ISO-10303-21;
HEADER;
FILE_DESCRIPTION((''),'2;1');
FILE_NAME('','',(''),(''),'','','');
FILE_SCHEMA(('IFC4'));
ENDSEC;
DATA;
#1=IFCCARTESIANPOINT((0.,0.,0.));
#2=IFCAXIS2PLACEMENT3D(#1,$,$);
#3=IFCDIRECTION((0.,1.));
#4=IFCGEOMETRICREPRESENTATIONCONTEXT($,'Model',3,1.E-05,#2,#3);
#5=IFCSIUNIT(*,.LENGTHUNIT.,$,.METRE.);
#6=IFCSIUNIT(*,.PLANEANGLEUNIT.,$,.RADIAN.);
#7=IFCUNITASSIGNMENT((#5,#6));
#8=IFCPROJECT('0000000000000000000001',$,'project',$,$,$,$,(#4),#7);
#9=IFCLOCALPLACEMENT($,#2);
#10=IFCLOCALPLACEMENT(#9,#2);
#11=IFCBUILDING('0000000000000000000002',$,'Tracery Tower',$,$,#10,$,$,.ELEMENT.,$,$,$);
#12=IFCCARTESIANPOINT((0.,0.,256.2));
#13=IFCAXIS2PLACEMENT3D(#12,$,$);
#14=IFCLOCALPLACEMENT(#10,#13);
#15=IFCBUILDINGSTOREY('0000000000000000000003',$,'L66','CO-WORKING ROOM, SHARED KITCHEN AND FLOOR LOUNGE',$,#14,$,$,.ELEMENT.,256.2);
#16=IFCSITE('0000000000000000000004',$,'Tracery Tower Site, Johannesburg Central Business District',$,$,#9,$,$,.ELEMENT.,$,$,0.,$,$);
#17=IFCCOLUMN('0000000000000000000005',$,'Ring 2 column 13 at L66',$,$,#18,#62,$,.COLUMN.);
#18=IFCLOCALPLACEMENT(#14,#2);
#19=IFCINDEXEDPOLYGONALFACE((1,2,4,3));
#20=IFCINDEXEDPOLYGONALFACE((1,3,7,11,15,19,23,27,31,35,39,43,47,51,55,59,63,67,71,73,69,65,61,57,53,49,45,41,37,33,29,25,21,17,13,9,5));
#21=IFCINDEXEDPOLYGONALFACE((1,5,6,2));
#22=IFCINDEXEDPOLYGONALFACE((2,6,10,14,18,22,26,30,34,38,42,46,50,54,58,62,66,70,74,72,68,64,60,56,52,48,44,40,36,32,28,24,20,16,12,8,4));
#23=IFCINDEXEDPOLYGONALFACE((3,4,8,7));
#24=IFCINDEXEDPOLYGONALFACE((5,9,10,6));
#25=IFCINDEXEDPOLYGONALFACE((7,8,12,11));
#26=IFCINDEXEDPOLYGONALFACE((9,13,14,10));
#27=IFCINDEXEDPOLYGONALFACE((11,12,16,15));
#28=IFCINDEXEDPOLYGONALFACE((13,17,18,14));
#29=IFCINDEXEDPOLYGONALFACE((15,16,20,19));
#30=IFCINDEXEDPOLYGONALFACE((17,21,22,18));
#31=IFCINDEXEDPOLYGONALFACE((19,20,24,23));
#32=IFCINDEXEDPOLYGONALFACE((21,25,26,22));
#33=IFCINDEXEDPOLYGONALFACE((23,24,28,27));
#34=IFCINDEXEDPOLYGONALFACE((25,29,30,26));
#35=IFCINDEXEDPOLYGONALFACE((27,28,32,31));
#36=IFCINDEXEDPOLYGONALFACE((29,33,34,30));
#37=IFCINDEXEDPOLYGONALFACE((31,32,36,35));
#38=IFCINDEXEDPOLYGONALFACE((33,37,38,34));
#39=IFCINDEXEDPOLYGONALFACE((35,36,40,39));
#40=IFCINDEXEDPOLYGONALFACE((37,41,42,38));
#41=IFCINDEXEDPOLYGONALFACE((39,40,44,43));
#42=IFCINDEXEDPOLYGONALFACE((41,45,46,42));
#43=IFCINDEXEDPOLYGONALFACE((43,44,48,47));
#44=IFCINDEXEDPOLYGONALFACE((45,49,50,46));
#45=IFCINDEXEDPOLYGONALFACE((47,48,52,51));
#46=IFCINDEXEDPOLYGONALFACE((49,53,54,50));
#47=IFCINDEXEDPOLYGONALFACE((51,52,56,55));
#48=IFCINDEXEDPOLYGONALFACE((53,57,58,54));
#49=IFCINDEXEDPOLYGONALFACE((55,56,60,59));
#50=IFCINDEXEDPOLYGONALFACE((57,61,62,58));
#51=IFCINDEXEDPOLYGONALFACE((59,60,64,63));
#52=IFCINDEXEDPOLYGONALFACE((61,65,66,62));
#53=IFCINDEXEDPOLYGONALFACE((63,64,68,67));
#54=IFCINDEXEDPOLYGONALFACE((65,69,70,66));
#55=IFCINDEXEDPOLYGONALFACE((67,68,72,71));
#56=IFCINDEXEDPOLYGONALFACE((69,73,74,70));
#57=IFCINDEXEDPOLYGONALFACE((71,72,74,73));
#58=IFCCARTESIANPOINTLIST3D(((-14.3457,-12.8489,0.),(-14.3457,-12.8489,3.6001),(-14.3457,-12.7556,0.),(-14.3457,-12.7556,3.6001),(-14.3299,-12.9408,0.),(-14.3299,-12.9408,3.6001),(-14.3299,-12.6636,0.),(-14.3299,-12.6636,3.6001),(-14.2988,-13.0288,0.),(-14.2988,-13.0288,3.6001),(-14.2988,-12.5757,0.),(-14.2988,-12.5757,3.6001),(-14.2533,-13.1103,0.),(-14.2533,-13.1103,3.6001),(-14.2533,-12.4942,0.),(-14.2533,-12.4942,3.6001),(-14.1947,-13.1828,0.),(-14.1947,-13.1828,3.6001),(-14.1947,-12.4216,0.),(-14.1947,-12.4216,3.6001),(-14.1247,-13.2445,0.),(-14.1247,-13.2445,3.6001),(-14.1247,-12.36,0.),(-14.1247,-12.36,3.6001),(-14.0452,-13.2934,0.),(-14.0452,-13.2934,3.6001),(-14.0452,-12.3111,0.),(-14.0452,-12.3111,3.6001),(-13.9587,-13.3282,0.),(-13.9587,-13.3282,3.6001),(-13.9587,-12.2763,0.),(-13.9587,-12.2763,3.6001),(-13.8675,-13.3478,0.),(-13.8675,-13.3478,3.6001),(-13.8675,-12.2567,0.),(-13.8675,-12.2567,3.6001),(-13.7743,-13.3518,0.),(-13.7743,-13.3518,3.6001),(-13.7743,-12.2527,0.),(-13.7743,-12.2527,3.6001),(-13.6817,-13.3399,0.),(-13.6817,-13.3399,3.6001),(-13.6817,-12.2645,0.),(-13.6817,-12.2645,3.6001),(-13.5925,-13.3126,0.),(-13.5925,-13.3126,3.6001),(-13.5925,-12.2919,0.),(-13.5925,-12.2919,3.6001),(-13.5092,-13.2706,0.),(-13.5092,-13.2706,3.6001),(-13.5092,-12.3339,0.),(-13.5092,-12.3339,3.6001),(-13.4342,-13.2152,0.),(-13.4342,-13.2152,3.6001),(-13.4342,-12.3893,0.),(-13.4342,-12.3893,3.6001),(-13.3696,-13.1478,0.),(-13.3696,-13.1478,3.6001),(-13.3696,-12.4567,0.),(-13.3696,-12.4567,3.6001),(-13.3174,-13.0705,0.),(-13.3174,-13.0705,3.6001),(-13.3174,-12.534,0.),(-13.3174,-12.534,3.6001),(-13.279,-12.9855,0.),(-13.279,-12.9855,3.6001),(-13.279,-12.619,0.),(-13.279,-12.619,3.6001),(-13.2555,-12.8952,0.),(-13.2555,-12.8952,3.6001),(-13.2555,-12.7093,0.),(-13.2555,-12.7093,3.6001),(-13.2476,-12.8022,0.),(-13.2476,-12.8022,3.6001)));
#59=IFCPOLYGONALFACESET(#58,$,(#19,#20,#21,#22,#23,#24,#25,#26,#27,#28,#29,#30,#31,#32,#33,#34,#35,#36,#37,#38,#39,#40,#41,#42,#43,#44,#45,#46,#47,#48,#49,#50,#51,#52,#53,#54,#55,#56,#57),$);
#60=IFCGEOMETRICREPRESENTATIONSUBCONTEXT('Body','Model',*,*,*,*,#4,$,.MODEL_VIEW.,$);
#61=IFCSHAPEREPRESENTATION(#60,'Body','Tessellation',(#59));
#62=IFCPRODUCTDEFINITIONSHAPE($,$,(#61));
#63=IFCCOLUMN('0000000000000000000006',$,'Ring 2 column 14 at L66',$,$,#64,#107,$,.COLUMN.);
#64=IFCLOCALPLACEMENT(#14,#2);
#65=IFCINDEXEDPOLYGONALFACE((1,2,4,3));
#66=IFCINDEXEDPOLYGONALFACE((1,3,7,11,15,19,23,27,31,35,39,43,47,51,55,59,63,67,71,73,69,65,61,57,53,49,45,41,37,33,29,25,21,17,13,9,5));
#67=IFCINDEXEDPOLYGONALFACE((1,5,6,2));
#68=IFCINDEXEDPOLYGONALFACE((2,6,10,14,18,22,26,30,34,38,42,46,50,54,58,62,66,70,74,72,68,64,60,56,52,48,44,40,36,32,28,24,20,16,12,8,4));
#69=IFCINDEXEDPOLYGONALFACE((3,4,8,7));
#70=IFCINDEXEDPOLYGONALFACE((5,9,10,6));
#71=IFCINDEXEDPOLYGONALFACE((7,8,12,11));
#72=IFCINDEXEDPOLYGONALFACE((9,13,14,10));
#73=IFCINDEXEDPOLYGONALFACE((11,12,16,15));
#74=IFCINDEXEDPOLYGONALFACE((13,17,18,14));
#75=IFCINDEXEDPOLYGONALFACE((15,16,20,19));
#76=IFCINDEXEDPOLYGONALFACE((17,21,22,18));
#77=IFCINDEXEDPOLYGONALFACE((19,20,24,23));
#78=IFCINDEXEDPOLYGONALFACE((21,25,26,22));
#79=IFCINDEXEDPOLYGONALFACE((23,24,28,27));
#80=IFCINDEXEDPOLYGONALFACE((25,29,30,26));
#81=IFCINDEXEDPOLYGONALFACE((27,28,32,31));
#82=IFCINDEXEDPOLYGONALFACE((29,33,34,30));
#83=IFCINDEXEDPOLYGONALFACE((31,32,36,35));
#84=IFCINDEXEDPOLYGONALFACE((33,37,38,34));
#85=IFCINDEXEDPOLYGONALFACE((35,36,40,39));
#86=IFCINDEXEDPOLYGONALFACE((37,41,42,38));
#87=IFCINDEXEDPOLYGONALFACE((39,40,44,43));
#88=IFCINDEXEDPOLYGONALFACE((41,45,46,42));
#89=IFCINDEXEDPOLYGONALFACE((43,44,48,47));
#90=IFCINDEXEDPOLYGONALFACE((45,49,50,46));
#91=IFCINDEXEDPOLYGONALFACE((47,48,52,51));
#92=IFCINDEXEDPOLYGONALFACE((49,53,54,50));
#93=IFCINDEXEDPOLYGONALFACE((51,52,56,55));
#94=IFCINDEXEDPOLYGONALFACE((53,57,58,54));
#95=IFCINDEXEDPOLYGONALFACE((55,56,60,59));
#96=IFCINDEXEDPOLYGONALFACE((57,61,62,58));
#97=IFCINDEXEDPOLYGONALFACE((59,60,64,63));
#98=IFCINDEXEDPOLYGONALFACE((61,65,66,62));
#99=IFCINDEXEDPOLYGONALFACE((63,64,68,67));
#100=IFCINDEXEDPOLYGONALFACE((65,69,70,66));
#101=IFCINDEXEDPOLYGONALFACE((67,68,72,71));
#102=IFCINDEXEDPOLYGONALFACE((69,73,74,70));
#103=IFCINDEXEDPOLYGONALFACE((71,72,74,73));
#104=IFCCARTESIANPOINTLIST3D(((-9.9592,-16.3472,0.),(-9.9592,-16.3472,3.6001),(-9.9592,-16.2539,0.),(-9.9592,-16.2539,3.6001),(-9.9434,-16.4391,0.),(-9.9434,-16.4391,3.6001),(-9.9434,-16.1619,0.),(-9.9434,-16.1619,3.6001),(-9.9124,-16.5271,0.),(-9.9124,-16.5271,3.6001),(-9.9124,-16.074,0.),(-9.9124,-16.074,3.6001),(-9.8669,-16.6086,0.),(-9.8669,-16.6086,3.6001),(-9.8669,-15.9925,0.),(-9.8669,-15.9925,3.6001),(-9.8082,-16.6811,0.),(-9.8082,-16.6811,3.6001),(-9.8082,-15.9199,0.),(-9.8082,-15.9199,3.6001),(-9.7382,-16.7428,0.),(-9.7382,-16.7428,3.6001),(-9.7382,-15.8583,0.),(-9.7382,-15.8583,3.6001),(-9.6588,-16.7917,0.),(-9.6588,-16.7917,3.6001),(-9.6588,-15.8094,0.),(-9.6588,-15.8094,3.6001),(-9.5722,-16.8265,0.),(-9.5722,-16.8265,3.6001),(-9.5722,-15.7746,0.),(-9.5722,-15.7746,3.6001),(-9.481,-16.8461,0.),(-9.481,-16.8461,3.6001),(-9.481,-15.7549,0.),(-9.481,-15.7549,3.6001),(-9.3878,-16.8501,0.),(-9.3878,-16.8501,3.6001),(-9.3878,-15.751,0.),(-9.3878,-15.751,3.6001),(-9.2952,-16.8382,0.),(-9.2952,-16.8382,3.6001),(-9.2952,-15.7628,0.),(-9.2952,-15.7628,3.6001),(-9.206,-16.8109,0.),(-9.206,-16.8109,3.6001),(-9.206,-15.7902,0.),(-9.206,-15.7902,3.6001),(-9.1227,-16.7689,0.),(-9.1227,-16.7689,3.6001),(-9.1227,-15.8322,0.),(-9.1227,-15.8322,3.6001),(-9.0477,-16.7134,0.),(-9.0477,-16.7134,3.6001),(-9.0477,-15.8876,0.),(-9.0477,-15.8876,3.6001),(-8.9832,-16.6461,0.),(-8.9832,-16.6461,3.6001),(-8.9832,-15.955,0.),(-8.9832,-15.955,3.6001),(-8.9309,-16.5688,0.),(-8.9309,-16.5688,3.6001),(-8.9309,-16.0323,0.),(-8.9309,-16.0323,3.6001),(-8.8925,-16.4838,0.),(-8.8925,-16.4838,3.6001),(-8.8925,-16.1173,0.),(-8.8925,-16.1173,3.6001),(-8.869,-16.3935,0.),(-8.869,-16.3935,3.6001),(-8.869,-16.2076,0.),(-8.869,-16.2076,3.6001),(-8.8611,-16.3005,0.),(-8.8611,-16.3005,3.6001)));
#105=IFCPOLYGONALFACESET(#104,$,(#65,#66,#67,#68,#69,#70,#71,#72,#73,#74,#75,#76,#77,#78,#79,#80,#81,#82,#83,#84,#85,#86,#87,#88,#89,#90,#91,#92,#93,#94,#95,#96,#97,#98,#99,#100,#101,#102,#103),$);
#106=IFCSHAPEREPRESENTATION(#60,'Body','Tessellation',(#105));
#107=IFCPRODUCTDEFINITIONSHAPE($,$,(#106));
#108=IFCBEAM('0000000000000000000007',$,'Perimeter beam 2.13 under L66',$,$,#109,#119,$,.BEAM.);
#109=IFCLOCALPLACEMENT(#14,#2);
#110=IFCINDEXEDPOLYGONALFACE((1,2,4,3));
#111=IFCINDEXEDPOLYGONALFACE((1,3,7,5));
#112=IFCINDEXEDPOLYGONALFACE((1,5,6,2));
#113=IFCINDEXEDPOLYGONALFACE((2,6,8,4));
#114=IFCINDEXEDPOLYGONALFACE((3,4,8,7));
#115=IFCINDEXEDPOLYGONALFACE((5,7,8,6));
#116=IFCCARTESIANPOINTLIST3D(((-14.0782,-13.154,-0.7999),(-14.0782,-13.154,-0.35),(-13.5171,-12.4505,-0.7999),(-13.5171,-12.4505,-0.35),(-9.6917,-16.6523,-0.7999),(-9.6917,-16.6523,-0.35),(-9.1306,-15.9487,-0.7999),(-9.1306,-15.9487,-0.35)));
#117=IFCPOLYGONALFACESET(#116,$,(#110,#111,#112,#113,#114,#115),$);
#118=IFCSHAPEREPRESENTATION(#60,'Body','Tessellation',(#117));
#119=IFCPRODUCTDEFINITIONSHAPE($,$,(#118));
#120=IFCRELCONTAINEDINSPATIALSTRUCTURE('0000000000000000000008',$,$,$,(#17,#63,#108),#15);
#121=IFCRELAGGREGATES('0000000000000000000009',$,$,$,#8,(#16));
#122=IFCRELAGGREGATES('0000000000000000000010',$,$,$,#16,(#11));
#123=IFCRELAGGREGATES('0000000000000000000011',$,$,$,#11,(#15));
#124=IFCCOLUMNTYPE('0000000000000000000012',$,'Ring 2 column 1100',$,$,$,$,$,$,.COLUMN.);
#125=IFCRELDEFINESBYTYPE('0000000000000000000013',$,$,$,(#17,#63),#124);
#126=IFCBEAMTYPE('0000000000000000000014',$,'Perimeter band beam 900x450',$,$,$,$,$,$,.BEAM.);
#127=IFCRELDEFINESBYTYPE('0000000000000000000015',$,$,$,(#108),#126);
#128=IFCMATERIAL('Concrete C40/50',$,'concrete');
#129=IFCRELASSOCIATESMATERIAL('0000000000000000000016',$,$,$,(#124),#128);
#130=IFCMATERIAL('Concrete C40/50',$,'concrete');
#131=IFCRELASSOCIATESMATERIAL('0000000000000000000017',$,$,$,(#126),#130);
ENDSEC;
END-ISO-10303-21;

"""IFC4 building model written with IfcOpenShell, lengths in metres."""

from ifc_helpers import new_model, si_unit, direction, frame, origin, origin_2d, place, context, subcontext, project, spatial, rectangle, circle, extrude, material, material_profile, profile_set, type_object, element, save


model = new_model("IFC4")

# Units and contexts
model_context = context("Model", 3, precision=1e-05, world=origin(), true_north=direction((0.0, 1.0)))
body_context = subcontext(model_context, "Body", "Model", "MODEL_VIEW")
ifc_project = project(units=[si_unit("LENGTHUNIT", "METRE"), si_unit("PLANEANGLEUNIT", "RADIAN")], contexts=[model_context])

# Site, building, storey
site_placement = place(None, origin())
site = spatial("IfcSite", under=ifc_project, at=site_placement, Name="Tracery Tower Site, Johannesburg Central Business District", CompositionType="ELEMENT", RefElevation=0.0)
building_placement = place(site_placement, origin())
building = spatial("IfcBuilding", under=site, at=building_placement, Name="Tracery Tower", CompositionType="ELEMENT")
storey_placement = place(building_placement, frame((0.0, 0.0, 256.2)))
storey = spatial("IfcBuildingStorey", under=building, at=storey_placement, Name="L66", Description="CO-WORKING ROOM, SHARED KITCHEN AND FLOOR LOUNGE", CompositionType="ELEMENT", Elevation=256.2)

# Columns
ifc_material_1 = material(Name="Concrete C40/50", Category="concrete")
ifc_material_profile_1 = material_profile(ifc_material_1, circle(Radius=0.55, at=origin_2d()), Name="RC D1100")
ifc_profile_set_1 = profile_set([ifc_material_profile_1], Name="Concrete C40/50")
column_type = type_object("IfcColumnType", Name="Ring 2 column 1100", PredefinedType="COLUMN", material=ifc_profile_set_1)
for number, where, z_axis, x_axis, name in (
    (1, (-13.7976, -12.8022, 0.0), (0.0, 0.0, 1.0), (1.0, 0.0, 0.0), "Ring 2 column 13 at L66"),
    (2, (-9.4111, -16.3005, 0.0), (0.0, 0.0, 1.0), (1.0, 0.0, 0.0), "Ring 2 column 14 at L66"),
):
    element("IfcColumn", number, at=place(storey_placement, frame(where, z_axis=z_axis, x_axis=x_axis)), inside=storey, type_object=column_type, Name=name, PredefinedType="COLUMN", context=body_context, shape_type="SweptSolid", body=[
        extrude(circle(Radius=0.55, at=origin_2d()), origin(), (0.0, 0.0, 1.0), 3.6001),
    ])

# Beam
ifc_material_2 = material(Name="Concrete C40/50", Category="concrete")
ifc_material_profile_2 = material_profile(ifc_material_2, rectangle(XDim=0.8999, YDim=0.45, at=origin_2d()), Name="RC 900x450")
ifc_profile_set_2 = profile_set([ifc_material_profile_2], Name="Concrete C40/50")
beam_type = type_object("IfcBeamType", Name="Perimeter band beam 900x450", PredefinedType="BEAM", material=ifc_profile_set_2)
beam_placement = place(storey_placement, frame((-13.7976, -12.8022, -0.575), z_axis=(0.781815, -0.623511, 0.0), x_axis=(0.623511, 0.781815, 0.0)))
element("IfcBeam", 3, at=beam_placement, inside=storey, type_object=beam_type, Name="Perimeter beam 2.13 under L66", PredefinedType="BEAM", context=body_context, shape_type="SweptSolid", body=[
    extrude(rectangle(XDim=0.8999, YDim=0.45, at=origin_2d()), origin(), (0.0, 0.0, 1.0), 5.6106),
])

save(model, "model.ifc")
